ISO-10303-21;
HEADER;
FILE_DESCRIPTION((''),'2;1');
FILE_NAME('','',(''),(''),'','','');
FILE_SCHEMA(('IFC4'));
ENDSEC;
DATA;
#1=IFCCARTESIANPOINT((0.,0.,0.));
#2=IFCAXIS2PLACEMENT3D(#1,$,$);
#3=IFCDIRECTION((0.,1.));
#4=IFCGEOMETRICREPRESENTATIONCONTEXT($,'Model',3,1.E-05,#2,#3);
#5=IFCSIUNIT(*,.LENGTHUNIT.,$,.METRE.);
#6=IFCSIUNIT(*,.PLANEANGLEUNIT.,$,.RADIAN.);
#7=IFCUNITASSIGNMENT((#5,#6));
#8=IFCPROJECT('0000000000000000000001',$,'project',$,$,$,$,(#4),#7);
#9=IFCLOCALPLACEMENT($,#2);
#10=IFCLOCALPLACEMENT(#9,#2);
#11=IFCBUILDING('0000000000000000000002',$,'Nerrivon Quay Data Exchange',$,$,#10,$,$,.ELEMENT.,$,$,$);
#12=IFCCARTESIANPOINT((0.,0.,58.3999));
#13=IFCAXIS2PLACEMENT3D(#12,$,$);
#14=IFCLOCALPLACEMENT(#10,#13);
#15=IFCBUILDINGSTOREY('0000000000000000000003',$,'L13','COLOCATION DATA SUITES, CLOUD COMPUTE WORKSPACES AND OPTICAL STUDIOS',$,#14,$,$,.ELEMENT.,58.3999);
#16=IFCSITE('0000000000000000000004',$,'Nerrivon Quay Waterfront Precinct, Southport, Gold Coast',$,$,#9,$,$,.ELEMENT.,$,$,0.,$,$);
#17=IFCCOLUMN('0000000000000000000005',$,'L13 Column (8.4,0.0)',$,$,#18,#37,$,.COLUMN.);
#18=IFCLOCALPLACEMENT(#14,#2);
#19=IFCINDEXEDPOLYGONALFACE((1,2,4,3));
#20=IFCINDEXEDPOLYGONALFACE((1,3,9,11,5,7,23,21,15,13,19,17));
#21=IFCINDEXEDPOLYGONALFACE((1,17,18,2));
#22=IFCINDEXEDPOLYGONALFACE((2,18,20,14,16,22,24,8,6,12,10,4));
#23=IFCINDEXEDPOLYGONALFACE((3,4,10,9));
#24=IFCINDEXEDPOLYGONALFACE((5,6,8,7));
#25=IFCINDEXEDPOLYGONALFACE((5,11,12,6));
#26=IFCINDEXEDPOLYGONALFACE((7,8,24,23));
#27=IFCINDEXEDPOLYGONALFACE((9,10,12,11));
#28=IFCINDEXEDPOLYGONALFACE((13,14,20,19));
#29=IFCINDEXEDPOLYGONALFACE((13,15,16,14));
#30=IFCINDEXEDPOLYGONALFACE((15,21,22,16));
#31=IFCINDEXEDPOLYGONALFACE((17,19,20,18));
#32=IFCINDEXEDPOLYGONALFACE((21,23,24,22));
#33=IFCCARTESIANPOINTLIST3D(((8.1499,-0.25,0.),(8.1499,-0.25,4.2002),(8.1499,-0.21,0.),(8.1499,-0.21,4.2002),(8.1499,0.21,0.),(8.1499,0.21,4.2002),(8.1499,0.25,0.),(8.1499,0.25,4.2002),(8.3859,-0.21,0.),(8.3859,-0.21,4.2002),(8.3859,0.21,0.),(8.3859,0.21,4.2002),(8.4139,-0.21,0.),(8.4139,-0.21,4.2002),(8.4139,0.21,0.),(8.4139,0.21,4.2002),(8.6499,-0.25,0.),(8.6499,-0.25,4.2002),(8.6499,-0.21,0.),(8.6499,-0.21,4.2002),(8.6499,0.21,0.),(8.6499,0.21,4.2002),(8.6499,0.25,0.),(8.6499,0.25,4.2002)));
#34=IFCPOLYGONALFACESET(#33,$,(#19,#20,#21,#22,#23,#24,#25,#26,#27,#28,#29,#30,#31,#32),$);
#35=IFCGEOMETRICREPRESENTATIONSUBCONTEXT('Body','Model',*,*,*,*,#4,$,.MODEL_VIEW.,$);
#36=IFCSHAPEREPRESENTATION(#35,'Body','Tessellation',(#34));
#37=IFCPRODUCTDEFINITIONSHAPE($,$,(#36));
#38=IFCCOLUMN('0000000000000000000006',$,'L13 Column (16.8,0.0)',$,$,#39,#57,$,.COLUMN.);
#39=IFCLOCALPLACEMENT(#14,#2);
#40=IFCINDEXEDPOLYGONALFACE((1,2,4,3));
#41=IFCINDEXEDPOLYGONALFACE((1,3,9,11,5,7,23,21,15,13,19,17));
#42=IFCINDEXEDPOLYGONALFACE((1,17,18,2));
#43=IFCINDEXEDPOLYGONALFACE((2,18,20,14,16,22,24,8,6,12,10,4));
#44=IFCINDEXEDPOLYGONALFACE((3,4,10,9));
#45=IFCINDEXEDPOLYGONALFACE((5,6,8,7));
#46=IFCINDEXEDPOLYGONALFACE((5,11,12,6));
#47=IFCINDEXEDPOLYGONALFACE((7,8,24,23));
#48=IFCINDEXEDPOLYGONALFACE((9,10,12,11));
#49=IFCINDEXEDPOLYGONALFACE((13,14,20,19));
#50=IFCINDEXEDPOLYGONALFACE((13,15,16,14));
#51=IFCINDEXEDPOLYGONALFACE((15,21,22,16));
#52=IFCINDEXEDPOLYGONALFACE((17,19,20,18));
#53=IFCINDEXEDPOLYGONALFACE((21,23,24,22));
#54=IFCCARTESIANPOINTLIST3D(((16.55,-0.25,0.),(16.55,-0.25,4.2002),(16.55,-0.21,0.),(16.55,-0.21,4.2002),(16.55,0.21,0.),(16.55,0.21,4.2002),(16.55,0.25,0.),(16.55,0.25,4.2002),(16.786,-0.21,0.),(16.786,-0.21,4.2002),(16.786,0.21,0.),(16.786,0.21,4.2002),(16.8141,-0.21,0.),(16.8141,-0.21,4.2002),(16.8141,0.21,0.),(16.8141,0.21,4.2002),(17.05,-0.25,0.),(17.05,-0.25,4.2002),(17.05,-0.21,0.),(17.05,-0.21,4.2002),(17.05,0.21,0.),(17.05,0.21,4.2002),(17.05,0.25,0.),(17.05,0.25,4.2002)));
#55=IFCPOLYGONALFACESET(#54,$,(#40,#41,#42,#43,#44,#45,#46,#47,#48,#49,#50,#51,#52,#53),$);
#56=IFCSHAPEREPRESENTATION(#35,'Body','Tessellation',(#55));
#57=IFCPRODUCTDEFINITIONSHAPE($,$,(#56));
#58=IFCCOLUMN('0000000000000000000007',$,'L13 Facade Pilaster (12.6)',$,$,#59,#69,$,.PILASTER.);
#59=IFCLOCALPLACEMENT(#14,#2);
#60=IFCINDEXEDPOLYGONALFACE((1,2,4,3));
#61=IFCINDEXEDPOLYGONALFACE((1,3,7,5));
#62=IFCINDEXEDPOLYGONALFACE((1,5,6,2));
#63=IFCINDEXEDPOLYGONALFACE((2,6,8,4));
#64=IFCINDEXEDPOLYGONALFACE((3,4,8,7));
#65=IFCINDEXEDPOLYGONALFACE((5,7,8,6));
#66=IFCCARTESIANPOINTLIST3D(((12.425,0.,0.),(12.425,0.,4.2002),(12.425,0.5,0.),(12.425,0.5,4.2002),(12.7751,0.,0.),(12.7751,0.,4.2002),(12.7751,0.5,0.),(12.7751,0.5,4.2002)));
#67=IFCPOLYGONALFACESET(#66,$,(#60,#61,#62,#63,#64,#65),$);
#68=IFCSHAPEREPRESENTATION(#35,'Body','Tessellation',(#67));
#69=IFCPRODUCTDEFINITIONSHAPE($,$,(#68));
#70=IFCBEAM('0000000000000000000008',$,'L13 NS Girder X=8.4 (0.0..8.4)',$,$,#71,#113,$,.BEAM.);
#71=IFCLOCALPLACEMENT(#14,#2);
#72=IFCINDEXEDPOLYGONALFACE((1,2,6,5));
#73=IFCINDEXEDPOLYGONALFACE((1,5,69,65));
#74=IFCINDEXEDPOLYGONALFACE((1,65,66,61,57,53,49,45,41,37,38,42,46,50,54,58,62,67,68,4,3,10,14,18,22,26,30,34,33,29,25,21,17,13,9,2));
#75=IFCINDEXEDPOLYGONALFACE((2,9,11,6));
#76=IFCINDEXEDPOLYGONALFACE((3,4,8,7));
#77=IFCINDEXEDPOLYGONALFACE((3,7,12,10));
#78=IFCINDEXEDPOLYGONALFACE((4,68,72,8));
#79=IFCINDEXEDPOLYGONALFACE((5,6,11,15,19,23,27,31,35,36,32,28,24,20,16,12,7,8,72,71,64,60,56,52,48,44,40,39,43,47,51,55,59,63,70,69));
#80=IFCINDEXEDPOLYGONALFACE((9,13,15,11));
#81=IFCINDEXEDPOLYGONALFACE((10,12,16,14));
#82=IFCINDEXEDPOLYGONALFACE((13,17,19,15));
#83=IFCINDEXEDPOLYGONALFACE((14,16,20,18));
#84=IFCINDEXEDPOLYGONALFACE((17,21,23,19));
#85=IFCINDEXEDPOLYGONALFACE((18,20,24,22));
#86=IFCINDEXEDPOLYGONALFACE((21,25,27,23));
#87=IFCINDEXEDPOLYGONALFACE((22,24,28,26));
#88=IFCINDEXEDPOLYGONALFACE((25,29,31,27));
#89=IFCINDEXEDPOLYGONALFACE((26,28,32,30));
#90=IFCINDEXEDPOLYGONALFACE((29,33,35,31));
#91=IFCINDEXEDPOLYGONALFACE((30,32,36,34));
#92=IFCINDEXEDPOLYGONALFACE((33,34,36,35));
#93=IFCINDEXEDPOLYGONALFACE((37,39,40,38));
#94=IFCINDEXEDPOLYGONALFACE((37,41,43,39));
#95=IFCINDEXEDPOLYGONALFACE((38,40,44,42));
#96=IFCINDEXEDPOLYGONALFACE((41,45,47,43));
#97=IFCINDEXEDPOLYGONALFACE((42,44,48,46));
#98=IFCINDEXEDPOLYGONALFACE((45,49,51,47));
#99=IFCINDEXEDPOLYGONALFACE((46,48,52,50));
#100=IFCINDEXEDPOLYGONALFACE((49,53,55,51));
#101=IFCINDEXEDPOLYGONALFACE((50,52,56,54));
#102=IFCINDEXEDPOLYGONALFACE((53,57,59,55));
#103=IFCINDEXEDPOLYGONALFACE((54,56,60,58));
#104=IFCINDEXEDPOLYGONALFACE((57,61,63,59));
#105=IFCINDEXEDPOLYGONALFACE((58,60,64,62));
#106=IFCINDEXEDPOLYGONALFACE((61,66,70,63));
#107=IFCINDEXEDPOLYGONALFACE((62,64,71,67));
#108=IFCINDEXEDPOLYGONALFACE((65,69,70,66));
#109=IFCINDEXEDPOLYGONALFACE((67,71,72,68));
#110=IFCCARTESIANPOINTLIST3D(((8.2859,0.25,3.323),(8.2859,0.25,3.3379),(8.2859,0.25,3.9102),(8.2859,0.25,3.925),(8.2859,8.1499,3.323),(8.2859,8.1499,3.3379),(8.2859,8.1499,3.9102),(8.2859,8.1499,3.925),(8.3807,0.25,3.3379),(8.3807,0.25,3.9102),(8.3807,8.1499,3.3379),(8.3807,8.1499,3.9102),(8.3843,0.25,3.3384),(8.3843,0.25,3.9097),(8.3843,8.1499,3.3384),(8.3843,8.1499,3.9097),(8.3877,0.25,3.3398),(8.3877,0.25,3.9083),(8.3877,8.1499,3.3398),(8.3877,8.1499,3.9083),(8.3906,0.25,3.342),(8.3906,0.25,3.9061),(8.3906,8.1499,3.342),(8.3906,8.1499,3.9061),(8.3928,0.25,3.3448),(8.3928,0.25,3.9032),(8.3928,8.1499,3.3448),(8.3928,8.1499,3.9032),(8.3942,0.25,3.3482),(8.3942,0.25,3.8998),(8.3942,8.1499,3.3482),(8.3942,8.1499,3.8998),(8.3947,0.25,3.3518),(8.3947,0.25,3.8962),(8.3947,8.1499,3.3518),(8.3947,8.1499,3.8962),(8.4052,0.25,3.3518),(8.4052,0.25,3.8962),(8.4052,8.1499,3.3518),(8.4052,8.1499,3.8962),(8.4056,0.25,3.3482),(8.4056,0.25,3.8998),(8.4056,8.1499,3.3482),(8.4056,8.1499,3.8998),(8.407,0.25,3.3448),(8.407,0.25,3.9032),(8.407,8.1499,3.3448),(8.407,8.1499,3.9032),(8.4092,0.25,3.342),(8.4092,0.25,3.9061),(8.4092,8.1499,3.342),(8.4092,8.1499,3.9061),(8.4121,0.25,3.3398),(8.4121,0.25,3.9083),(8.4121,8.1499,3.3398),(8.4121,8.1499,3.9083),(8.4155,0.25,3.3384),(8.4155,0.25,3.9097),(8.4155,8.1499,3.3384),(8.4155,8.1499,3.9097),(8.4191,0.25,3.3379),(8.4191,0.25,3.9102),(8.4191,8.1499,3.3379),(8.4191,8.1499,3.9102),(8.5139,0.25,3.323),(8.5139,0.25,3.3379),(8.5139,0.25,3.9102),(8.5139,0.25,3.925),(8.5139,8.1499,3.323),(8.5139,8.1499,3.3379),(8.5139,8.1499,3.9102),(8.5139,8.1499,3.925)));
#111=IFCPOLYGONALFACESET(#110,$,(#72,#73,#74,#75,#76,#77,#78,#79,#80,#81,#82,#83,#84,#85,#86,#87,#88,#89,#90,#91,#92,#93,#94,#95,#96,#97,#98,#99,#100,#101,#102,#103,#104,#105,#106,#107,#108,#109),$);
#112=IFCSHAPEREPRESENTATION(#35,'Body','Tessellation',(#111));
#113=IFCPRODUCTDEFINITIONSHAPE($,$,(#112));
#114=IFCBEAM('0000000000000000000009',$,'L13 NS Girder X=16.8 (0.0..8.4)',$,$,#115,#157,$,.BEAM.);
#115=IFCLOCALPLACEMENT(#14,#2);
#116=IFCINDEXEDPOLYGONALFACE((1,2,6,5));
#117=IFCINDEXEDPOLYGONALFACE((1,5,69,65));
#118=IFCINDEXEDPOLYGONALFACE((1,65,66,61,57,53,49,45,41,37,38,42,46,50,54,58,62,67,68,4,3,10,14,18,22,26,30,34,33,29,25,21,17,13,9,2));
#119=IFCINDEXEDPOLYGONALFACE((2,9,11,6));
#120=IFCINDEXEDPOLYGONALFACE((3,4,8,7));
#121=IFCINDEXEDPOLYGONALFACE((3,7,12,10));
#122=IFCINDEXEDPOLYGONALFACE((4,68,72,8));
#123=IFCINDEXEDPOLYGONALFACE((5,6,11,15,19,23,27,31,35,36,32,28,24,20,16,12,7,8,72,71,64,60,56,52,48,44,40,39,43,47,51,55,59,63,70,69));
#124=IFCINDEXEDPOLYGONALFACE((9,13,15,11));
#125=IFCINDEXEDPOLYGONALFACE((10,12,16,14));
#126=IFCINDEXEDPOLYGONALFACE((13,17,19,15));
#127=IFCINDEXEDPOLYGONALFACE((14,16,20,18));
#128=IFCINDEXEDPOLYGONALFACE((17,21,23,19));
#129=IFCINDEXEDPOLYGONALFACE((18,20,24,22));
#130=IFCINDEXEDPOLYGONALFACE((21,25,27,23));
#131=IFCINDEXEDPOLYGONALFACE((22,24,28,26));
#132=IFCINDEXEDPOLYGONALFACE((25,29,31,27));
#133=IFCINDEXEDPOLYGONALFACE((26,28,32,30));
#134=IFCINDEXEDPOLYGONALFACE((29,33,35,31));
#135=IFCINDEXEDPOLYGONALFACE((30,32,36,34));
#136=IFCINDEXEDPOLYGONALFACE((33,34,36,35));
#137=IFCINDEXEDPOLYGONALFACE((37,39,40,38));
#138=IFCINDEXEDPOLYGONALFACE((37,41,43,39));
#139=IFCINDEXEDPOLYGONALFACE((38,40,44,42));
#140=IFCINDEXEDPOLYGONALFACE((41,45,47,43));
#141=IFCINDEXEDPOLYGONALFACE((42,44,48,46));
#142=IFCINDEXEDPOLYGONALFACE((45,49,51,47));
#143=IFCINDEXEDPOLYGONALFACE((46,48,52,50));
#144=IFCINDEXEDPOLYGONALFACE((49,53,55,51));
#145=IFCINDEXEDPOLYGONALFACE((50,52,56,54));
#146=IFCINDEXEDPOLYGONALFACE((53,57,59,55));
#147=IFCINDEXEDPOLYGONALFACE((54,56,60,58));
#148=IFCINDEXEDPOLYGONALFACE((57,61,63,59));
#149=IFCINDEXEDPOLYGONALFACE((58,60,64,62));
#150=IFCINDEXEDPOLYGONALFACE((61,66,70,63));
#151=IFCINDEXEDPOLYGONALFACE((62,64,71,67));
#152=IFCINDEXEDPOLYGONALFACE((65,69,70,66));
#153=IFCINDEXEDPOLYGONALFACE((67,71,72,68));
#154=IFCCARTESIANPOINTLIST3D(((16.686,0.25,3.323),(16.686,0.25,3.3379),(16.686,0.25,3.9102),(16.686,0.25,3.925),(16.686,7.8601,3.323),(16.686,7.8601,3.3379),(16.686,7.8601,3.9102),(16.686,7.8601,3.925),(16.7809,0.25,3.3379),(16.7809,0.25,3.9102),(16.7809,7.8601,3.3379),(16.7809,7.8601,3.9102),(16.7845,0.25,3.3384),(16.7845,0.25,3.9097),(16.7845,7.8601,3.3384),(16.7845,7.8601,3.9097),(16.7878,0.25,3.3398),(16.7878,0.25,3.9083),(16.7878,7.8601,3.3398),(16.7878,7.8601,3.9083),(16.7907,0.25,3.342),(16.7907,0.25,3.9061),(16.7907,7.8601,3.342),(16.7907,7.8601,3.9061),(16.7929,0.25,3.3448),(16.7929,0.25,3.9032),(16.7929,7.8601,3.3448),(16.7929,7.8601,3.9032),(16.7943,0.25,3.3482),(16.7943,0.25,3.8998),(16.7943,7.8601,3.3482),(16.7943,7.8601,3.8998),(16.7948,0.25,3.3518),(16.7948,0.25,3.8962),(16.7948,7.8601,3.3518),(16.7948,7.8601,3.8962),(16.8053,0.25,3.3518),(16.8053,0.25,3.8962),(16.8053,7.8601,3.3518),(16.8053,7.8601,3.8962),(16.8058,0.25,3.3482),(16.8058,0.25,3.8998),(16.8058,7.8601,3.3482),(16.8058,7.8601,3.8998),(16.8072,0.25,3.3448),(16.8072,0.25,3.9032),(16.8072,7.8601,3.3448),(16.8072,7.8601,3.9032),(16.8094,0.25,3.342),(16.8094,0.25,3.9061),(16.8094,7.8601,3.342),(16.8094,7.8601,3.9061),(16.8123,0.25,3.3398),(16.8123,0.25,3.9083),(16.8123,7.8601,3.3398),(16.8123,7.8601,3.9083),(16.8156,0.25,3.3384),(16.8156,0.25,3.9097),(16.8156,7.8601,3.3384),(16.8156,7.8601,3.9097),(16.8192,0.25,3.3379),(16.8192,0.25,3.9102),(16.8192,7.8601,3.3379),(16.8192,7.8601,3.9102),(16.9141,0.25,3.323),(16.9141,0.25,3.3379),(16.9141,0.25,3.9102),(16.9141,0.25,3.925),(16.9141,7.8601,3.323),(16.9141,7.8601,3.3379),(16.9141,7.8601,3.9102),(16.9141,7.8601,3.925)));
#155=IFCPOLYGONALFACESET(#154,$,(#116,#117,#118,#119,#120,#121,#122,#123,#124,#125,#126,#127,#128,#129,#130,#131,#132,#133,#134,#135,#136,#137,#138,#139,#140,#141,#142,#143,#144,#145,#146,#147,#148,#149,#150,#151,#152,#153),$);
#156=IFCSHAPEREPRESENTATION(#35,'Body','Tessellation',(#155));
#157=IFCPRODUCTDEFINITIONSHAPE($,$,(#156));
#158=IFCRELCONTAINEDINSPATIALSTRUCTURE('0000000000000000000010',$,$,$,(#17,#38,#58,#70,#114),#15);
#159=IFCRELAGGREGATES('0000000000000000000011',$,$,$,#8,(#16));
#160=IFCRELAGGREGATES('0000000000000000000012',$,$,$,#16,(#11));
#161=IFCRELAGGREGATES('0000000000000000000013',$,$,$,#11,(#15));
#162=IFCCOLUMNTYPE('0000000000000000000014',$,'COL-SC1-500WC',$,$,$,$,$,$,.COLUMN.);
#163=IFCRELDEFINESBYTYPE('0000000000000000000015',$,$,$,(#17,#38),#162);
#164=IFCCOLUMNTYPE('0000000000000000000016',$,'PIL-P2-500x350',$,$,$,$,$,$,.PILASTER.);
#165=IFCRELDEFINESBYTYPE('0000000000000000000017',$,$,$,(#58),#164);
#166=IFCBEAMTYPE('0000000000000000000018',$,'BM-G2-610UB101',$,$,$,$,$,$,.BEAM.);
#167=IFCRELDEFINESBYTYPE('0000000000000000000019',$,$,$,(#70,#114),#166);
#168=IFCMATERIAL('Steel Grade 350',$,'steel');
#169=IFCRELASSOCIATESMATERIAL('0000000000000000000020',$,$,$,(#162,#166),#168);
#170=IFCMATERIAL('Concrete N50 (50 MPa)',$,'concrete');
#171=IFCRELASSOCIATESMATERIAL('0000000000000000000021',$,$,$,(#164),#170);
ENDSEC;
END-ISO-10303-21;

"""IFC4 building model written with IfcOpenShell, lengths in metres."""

from ifc_helpers import new_model, si_unit, direction, frame, origin, origin_2d, place, context, subcontext, project, spatial, rectangle, i_section, extrude, material, material_profile, profile_set, type_object, element, save


model = new_model("IFC4")

# Units and contexts
model_context = context("Model", 3, precision=1e-05, world=origin(), true_north=direction((0.0, 1.0)))
body_context = subcontext(model_context, "Body", "Model", "MODEL_VIEW")
ifc_project = project(units=[si_unit("LENGTHUNIT", "METRE"), si_unit("PLANEANGLEUNIT", "RADIAN")], contexts=[model_context])

# Site, building, storey
site_placement = place(None, origin())
site = spatial("IfcSite", under=ifc_project, at=site_placement, Name="Nerrivon Quay Waterfront Precinct, Southport, Gold Coast", CompositionType="ELEMENT", RefElevation=0.0)
building_placement = place(site_placement, origin())
building = spatial("IfcBuilding", under=site, at=building_placement, Name="Nerrivon Quay Data Exchange", CompositionType="ELEMENT")
storey_placement = place(building_placement, frame((0.0, 0.0, 58.3999)))
storey = spatial("IfcBuildingStorey", under=building, at=storey_placement, Name="L13", Description="COLOCATION DATA SUITES, CLOUD COMPUTE WORKSPACES AND OPTICAL STUDIOS", CompositionType="ELEMENT", Elevation=58.3999)

# Columns
ifc_material_1 = material(Name="Steel Grade 350", Category="steel")
ifc_material_profile_1 = material_profile(ifc_material_1, i_section(OverallWidth=0.5, OverallDepth=0.5, WebThickness=0.0281, FlangeThickness=0.04, at=origin_2d()), Name="500WC440")
ifc_profile_set_1 = profile_set([ifc_material_profile_1], Name="Steel Grade 350")
column_type_1 = type_object("IfcColumnType", Name="COL-SC1-500WC", PredefinedType="COLUMN", material=ifc_profile_set_1)
for number, where, z_axis, x_axis, name in (
    (1, (8.3999, 0.0, 0.0), (0.0, 0.0, 1.0), (1.0, 0.0, 0.0), "L13 Column (8.4,0.0)"),
    (2, (16.8, 0.0, 0.0), (0.0, 0.0, 1.0), (1.0, 0.0, 0.0), "L13 Column (16.8,0.0)"),
):
    element("IfcColumn", number, at=place(storey_placement, frame(where, z_axis=z_axis, x_axis=x_axis)), inside=storey, type_object=column_type_1, Name=name, PredefinedType="COLUMN", context=body_context, shape_type="SweptSolid", body=[
        extrude(i_section(OverallWidth=0.5, OverallDepth=0.5, WebThickness=0.0281, FlangeThickness=0.04, at=origin_2d()), origin(), (0.0, 0.0, 1.0), 4.2002),
    ])
ifc_material_2 = material(Name="Concrete N50 (50 MPa)", Category="concrete")
ifc_material_profile_2 = material_profile(ifc_material_2, rectangle(XDim=0.3501, YDim=0.5, at=origin_2d()), Name="RC-PIL-500x350")
ifc_profile_set_2 = profile_set([ifc_material_profile_2], Name="Concrete N50 (50 MPa)")
column_type_2 = type_object("IfcColumnType", Name="PIL-P2-500x350", PredefinedType="PILASTER", material=ifc_profile_set_2)
column_placement = place(storey_placement, frame((12.6001, 0.25, 0.0), z_axis=(0.0, 0.0, 1.0), x_axis=(1.0, 0.0, 0.0)))
element("IfcColumn", 3, at=column_placement, inside=storey, type_object=column_type_2, Name="L13 Facade Pilaster (12.6)", PredefinedType="PILASTER", context=body_context, shape_type="SweptSolid", body=[
    extrude(rectangle(XDim=0.3501, YDim=0.5, at=origin_2d()), origin(), (0.0, 0.0, 1.0), 4.2002),
])

# Beams
ifc_material_profile_3 = material_profile(ifc_material_1, i_section(OverallWidth=0.228, OverallDepth=0.6021, WebThickness=0.0105, FlangeThickness=0.0149, FilletRadius=0.0139, at=origin_2d()), Name="610UB101")
ifc_profile_set_3 = profile_set([ifc_material_profile_3], Name="Steel Grade 350")
beam_type_1 = type_object("IfcBeamType", Name="BM-G2-610UB101", PredefinedType="BEAM", material=ifc_profile_set_3)
beam_1_placement = place(storey_placement, frame((8.3999, 0.25, 3.624), z_axis=(0.0, 1.0, 0.0), x_axis=(-1.0, 0.0, 0.0)))
element("IfcBeam", 4, at=beam_1_placement, inside=storey, type_object=beam_type_1, Name="L13 NS Girder X=8.4 (0.0..8.4)", PredefinedType="BEAM", context=body_context, shape_type="SweptSolid", body=[
    extrude(i_section(OverallWidth=0.228, OverallDepth=0.6021, WebThickness=0.0105, FlangeThickness=0.0149, FilletRadius=0.0139, at=origin_2d()), origin(), (0.0, 0.0, 1.0), 7.8999),
])
beam_2_placement = place(storey_placement, frame((16.8, 0.25, 3.624), z_axis=(0.0, 1.0, 0.0), x_axis=(-1.0, 0.0, 0.0)))
element("IfcBeam", 5, at=beam_2_placement, inside=storey, type_object=beam_type_1, Name="L13 NS Girder X=16.8 (0.0..8.4)", PredefinedType="BEAM", context=body_context, shape_type="SweptSolid", body=[
    extrude(i_section(OverallWidth=0.228, OverallDepth=0.6021, WebThickness=0.0105, FlangeThickness=0.0149, FilletRadius=0.0139, at=origin_2d()), origin(), (0.0, 0.0, 1.0), 7.6101),
])

save(model, "model.ifc")
